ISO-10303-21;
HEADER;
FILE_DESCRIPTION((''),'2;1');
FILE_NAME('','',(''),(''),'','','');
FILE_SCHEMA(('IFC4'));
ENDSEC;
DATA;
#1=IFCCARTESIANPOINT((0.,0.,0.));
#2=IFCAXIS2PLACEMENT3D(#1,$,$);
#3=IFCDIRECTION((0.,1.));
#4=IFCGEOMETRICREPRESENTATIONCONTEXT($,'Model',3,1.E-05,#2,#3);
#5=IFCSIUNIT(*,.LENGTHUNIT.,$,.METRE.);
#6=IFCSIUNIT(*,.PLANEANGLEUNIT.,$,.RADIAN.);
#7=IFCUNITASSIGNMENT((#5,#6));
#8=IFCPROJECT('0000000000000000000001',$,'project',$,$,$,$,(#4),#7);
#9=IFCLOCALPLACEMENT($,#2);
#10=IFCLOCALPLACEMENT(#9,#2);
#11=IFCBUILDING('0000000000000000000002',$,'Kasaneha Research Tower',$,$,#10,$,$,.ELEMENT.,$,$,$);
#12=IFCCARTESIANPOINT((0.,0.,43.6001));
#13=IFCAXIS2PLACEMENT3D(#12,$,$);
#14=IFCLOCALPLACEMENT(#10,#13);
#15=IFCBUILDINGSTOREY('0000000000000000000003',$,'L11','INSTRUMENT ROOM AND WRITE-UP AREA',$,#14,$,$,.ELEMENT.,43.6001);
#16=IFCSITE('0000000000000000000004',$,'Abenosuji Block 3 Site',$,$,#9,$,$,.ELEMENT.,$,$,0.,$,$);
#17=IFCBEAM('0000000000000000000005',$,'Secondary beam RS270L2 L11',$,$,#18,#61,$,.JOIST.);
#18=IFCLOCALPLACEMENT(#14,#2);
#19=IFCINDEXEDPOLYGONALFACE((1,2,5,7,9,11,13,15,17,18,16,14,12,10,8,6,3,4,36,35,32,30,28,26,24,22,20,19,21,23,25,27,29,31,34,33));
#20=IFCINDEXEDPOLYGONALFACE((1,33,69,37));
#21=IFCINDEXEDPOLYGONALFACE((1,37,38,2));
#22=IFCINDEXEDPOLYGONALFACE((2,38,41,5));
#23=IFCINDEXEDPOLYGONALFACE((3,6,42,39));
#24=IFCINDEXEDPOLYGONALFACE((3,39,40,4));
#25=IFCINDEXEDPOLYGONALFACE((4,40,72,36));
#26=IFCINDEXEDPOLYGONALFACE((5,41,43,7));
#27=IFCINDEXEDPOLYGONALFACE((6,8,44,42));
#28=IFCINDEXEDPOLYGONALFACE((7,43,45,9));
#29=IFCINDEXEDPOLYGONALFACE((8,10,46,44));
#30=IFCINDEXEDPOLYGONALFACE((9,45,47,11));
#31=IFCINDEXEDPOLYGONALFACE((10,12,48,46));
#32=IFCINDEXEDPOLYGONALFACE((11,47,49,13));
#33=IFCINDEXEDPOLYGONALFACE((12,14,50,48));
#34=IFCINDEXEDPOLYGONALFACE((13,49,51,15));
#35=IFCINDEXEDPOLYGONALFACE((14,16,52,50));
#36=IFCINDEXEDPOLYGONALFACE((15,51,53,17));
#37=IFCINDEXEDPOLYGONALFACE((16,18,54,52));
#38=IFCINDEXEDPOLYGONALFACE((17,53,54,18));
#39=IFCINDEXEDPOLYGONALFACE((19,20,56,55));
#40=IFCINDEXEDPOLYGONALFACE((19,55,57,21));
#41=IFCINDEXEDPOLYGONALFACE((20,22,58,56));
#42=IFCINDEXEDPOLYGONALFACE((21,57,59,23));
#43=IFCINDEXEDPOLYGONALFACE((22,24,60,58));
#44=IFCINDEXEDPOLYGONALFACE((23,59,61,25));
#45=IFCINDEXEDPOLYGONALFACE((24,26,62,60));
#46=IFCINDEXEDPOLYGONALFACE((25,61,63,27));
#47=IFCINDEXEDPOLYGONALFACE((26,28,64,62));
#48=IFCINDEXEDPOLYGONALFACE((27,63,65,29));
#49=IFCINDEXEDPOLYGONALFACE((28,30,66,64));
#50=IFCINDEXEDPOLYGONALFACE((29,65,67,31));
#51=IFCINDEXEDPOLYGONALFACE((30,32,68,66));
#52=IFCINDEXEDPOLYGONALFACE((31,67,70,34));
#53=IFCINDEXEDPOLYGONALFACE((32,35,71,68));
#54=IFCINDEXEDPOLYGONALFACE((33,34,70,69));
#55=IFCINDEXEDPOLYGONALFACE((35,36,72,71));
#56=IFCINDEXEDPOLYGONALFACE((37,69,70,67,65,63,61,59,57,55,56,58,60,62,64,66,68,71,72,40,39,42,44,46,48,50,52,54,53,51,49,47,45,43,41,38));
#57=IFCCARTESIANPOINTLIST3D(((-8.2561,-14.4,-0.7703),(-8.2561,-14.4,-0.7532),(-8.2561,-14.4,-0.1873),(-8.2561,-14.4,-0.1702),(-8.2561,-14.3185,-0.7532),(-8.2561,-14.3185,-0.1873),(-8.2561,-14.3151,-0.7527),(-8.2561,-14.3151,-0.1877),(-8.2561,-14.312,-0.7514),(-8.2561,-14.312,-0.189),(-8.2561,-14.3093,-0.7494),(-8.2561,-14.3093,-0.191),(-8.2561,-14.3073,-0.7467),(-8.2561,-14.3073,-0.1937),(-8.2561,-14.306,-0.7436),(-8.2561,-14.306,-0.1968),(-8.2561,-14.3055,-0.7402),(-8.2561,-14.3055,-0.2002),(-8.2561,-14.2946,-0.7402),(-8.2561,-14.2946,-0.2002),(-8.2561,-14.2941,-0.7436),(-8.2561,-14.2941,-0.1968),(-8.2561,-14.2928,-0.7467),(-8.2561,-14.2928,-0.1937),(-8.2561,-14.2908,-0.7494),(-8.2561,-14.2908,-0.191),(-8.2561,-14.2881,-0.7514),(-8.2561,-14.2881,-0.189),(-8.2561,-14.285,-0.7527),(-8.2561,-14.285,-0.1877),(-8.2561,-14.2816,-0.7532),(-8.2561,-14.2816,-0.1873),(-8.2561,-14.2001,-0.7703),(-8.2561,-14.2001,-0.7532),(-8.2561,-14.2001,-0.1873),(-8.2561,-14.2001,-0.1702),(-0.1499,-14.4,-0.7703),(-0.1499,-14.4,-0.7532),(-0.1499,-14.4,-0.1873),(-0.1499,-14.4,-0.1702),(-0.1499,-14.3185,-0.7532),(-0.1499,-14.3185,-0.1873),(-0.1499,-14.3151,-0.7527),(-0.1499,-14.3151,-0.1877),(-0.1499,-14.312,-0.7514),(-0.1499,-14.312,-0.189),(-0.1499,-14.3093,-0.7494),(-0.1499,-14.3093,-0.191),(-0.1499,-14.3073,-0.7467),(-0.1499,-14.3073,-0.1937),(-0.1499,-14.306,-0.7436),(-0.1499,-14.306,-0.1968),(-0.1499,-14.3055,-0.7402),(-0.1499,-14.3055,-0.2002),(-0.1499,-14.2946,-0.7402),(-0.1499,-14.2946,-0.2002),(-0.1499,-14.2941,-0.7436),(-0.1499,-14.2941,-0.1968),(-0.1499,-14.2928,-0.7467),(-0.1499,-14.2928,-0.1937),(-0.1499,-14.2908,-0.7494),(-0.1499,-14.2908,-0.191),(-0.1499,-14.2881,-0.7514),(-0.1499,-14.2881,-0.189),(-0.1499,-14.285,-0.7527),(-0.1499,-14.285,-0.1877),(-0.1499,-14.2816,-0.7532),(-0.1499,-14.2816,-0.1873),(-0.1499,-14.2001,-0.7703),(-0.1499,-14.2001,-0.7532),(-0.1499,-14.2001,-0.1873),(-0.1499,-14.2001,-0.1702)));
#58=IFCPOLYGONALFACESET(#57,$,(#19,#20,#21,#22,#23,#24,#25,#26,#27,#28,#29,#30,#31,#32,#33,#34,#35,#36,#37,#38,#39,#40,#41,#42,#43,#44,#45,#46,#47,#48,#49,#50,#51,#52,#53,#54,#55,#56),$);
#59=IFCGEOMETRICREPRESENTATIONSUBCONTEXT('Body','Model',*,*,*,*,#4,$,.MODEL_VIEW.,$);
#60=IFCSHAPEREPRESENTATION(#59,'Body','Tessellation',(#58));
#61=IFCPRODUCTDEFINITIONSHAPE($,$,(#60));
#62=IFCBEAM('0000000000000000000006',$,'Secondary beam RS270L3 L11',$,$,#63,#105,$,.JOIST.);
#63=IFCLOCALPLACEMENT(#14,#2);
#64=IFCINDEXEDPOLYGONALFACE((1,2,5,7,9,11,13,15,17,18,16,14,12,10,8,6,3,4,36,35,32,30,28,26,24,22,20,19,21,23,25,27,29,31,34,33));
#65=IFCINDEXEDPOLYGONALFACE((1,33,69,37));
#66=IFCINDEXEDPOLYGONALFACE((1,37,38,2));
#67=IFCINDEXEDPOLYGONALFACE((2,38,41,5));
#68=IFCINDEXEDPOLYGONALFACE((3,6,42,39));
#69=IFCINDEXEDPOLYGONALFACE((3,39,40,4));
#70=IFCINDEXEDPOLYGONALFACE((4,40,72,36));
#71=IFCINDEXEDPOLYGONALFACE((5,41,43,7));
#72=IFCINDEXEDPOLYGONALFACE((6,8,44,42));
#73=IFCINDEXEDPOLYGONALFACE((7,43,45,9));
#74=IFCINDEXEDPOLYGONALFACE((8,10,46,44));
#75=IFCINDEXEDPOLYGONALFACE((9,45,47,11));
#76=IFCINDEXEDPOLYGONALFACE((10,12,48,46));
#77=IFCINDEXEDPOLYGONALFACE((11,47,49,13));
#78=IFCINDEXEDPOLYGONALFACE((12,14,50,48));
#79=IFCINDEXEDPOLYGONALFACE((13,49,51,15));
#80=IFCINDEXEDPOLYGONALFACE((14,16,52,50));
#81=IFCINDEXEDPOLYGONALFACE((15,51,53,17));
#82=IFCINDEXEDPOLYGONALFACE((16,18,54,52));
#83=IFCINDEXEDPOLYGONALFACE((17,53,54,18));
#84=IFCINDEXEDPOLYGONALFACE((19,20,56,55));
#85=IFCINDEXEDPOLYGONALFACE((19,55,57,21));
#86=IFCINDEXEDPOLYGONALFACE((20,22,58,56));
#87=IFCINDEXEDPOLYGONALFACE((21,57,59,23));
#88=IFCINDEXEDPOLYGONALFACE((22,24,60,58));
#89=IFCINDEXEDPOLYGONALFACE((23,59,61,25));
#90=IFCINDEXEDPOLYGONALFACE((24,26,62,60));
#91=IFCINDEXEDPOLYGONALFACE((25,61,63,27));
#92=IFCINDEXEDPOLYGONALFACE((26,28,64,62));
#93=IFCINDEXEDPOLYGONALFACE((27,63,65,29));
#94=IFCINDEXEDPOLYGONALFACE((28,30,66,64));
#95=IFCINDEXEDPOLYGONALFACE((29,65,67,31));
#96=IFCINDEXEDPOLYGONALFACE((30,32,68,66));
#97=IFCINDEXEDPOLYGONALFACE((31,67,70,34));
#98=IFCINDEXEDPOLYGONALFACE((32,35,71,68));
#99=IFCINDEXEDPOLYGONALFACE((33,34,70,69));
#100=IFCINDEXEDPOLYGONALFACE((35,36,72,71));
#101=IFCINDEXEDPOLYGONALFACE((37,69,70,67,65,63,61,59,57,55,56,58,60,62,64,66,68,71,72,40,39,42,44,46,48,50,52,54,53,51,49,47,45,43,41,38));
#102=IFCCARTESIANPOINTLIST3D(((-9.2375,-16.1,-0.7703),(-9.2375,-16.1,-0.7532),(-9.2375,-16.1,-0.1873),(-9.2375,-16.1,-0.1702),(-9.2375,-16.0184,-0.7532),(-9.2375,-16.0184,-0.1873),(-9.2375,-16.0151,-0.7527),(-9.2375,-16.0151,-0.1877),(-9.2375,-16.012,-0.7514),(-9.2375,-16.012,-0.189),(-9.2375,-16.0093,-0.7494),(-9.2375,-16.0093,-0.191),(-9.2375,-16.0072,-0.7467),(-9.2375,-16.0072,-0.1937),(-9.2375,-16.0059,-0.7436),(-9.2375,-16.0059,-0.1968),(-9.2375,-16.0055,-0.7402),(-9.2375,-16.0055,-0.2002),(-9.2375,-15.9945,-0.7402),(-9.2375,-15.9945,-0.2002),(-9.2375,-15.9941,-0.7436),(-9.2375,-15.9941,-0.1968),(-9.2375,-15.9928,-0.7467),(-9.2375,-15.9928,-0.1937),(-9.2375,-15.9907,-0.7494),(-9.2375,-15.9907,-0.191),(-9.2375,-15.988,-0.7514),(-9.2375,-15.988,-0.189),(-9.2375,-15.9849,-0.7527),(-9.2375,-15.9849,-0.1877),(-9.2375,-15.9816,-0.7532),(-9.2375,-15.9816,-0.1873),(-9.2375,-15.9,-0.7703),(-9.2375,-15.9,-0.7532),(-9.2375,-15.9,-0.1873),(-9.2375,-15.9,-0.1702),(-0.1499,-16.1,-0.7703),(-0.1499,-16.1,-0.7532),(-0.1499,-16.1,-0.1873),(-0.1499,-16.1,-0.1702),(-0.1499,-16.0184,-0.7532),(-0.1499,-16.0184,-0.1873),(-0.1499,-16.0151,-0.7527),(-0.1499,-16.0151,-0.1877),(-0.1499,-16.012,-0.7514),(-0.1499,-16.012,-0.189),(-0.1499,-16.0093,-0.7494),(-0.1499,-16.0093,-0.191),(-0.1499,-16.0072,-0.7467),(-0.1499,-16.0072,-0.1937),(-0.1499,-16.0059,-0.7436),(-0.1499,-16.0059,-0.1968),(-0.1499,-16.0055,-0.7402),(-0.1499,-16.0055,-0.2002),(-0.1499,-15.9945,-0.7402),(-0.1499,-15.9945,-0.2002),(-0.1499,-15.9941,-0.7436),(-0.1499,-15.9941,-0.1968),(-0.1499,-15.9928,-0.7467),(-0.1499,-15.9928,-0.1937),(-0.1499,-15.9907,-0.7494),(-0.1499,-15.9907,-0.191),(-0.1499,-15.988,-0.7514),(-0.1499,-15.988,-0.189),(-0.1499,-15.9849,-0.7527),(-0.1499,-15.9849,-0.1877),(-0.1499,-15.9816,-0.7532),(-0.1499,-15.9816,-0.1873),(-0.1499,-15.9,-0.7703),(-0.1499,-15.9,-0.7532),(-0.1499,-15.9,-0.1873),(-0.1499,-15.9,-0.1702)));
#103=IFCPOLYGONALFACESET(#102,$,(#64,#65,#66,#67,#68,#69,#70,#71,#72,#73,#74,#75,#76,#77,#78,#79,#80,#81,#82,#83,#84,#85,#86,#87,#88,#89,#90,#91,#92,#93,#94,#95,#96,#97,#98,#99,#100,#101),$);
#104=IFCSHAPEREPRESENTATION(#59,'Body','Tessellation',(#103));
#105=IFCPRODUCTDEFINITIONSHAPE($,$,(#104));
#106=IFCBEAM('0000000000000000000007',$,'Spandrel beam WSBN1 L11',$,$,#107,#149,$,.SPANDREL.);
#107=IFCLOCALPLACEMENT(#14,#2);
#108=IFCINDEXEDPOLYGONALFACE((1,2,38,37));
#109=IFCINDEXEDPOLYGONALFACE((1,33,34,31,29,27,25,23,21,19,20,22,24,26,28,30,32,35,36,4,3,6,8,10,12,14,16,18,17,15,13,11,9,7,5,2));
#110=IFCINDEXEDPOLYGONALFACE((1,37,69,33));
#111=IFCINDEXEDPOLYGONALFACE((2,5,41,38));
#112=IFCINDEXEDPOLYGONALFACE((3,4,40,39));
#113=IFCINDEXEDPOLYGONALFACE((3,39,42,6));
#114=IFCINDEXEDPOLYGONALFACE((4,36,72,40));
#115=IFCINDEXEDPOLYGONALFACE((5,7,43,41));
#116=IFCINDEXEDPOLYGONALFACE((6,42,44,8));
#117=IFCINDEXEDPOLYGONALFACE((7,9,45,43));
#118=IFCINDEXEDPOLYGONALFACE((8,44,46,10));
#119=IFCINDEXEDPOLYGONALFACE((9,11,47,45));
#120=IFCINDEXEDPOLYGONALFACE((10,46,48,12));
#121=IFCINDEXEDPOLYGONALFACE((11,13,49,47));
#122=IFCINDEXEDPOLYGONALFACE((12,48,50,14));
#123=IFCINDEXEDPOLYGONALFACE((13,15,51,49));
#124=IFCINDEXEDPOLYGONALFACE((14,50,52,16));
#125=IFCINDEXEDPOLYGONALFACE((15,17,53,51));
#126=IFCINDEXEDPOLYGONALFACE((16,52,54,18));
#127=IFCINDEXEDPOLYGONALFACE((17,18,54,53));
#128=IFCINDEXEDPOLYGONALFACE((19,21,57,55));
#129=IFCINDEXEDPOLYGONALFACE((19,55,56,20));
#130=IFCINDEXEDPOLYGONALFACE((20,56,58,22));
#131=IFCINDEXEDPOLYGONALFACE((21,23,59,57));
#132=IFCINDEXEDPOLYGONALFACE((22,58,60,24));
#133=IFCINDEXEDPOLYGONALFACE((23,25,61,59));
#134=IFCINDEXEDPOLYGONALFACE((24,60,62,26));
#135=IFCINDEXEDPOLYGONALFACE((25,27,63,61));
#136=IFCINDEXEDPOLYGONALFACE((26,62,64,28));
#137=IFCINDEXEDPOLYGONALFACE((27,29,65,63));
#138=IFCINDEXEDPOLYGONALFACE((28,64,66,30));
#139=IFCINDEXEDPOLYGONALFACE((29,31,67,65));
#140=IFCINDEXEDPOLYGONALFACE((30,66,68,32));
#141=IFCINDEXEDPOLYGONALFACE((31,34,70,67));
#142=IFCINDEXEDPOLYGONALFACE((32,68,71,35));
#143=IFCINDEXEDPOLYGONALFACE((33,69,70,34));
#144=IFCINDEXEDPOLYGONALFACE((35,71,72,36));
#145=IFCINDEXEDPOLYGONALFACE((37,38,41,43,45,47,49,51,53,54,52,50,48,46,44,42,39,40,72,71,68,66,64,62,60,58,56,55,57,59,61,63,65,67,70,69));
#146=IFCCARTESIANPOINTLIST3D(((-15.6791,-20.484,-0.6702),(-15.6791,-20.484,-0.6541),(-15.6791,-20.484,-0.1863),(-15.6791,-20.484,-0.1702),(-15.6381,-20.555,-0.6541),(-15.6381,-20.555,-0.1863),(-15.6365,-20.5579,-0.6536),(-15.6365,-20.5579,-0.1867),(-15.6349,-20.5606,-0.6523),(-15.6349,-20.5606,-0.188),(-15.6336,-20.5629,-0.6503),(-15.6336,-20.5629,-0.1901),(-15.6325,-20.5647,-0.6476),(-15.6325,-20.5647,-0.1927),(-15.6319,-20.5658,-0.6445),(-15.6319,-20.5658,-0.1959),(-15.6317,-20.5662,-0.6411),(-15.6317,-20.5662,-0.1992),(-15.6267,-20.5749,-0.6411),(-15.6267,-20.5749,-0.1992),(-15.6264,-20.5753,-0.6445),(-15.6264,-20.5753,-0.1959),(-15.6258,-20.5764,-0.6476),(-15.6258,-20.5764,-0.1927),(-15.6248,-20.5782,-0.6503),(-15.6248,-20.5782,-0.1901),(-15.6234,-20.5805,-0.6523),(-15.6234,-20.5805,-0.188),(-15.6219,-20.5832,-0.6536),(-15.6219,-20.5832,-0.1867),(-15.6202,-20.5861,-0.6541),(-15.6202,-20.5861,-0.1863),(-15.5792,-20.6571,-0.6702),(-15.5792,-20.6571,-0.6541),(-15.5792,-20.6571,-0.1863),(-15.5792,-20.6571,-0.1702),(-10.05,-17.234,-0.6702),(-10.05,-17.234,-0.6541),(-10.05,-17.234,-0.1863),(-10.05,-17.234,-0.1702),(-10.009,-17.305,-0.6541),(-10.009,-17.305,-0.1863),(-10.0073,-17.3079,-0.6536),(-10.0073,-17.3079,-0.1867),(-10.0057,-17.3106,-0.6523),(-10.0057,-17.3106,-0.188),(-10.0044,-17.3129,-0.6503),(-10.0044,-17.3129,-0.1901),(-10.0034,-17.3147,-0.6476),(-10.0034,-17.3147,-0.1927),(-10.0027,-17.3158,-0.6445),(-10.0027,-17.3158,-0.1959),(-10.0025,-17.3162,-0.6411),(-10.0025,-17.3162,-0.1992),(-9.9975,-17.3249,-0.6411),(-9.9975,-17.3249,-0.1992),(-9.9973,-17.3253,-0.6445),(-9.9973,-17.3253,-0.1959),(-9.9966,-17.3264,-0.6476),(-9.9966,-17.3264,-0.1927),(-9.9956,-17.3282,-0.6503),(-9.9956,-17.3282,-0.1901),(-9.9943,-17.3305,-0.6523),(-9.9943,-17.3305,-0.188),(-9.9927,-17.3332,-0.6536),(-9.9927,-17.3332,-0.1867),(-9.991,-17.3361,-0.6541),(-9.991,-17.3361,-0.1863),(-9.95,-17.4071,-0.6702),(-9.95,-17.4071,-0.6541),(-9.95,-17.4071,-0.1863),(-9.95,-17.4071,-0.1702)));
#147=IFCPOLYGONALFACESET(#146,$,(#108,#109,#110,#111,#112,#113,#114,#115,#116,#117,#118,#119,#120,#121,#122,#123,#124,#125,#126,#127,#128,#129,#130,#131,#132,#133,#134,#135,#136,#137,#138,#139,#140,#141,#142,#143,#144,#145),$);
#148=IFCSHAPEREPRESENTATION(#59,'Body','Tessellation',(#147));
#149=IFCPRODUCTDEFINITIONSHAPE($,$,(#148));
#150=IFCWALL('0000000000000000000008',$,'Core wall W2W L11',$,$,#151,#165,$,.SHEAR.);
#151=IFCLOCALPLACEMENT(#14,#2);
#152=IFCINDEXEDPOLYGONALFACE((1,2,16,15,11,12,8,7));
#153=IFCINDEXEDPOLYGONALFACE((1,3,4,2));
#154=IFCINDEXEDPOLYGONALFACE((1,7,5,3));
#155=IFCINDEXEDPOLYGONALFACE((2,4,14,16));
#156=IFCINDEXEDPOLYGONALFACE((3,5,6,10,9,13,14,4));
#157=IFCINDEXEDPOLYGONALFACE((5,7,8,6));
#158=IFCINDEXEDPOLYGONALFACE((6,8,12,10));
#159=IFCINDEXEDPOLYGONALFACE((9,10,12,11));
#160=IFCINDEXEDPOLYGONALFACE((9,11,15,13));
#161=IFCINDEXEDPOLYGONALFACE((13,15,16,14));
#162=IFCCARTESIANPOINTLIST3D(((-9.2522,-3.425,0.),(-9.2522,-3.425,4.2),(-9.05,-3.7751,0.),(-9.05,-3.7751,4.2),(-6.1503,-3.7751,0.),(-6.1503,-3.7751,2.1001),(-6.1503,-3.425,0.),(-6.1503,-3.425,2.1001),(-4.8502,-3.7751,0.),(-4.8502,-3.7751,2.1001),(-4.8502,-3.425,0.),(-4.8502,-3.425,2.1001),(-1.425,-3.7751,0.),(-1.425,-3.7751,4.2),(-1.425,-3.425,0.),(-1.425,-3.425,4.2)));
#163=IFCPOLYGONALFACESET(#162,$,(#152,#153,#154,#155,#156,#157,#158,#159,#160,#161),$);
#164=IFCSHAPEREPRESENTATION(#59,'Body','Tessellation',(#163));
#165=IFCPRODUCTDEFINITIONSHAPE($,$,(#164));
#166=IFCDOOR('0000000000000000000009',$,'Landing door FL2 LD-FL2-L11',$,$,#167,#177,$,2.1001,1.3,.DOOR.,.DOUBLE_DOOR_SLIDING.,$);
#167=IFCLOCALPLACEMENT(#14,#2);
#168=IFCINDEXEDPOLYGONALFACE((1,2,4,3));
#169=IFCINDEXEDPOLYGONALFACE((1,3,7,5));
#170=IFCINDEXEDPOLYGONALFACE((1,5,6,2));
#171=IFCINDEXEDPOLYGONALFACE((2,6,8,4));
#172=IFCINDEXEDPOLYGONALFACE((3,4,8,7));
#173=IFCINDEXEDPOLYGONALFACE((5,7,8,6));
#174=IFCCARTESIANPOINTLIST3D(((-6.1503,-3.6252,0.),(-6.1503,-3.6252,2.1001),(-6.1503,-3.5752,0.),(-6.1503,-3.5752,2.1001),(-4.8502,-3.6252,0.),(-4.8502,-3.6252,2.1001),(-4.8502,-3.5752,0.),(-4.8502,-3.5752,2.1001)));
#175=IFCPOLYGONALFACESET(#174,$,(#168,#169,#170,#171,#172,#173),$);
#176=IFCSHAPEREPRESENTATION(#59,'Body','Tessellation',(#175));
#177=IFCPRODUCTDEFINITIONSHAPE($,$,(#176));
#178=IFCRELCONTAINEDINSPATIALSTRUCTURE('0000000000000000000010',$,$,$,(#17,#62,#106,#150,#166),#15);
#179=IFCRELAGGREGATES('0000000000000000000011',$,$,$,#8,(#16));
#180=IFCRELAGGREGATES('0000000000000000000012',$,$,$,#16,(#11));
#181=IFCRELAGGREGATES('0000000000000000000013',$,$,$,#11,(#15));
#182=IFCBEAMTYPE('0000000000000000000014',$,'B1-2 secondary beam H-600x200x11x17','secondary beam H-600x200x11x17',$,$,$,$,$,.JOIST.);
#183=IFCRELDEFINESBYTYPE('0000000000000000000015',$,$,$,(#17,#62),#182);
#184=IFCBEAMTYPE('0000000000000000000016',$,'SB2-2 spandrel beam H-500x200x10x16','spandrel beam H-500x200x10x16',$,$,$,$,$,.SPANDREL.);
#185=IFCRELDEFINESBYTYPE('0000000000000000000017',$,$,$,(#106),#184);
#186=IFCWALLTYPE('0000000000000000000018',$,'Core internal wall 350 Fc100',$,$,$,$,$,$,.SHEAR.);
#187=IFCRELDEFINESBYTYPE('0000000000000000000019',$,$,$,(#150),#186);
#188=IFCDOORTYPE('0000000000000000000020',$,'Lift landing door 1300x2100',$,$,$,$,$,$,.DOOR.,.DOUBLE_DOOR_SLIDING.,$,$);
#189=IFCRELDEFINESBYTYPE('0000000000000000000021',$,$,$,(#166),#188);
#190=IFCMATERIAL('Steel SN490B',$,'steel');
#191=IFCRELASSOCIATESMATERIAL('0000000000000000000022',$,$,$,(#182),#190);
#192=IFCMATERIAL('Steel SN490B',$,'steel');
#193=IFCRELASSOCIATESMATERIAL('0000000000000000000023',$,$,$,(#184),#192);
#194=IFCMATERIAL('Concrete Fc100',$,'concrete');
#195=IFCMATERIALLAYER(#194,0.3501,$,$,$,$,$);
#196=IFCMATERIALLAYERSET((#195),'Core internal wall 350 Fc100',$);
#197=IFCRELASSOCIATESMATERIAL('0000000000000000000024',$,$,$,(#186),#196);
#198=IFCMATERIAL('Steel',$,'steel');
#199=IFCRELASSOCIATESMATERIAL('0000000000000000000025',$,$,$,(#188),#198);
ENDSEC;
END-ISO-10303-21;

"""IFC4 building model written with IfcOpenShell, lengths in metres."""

from ifc_helpers import new_model, si_unit, direction, frame, frame_2d, origin, origin_2d, place, context, subcontext, project, spatial, polyline, rectangle, i_section, outline, extrude, material, layer, layer_set, material_profile, profile_set, type_object, element, fill, save


model = new_model("IFC4")

# Units and contexts
model_context = context("Model", 3, precision=1e-05, world=origin(), true_north=direction((0.0, 1.0)))
body_context = subcontext(model_context, "Body", "Model", "MODEL_VIEW")
ifc_project = project(units=[si_unit("LENGTHUNIT", "METRE"), si_unit("PLANEANGLEUNIT", "RADIAN")], contexts=[model_context])

# Site, building, storey
site_placement = place(None, origin())
site = spatial("IfcSite", under=ifc_project, at=site_placement, Name="Abenosuji Block 3 Site", CompositionType="ELEMENT", RefElevation=0.0)
building_placement = place(site_placement, origin())
building = spatial("IfcBuilding", under=site, at=building_placement, Name="Kasaneha Research Tower", CompositionType="ELEMENT")
storey_placement = place(building_placement, frame((0.0, 0.0, 43.6001)))
storey = spatial("IfcBuildingStorey", under=building, at=storey_placement, Name="L11", Description="INSTRUMENT ROOM AND WRITE-UP AREA", CompositionType="ELEMENT", Elevation=43.6001)

# Beams
ifc_material_1 = material(Name="Steel SN490B", Category="steel")
ifc_material_profile_1 = material_profile(ifc_material_1, i_section(OverallWidth=0.2, OverallDepth=0.6001, WebThickness=0.011, FlangeThickness=0.0171, FilletRadius=0.0129, at=origin_2d()), Name="H-600x200x11x17")
ifc_profile_set_1 = profile_set([ifc_material_profile_1], Name="Steel SN490B")
beam_type_1 = type_object("IfcBeamType", Name="B1-2 secondary beam H-600x200x11x17", Description="secondary beam H-600x200x11x17", PredefinedType="JOIST", material=ifc_profile_set_1)
beam_1_placement = place(storey_placement, frame((-8.2561, -14.3, -0.4702), z_axis=(1.0, 0.0, 0.0), x_axis=(0.0, 1.0, 0.0)))
element("IfcBeam", 1, at=beam_1_placement, inside=storey, type_object=beam_type_1, Name="Secondary beam RS270L2 L11", PredefinedType="JOIST", context=body_context, shape_type="SweptSolid", body=[
    extrude(i_section(OverallWidth=0.2, OverallDepth=0.6001, WebThickness=0.011, FlangeThickness=0.0171, FilletRadius=0.0129, at=origin_2d()), origin(), (0.0, 0.0, 1.0), 8.1062),
])
beam_2_placement = place(storey_placement, frame((-9.2375, -16.0, -0.4702), z_axis=(1.0, 0.0, 0.0), x_axis=(0.0, 1.0, 0.0)))
element("IfcBeam", 2, at=beam_2_placement, inside=storey, type_object=beam_type_1, Name="Secondary beam RS270L3 L11", PredefinedType="JOIST", context=body_context, shape_type="SweptSolid", body=[
    extrude(i_section(OverallWidth=0.2, OverallDepth=0.6001, WebThickness=0.011, FlangeThickness=0.0171, FilletRadius=0.0129, at=origin_2d()), origin(), (0.0, 0.0, 1.0), 9.0876),
])
ifc_material_2 = material(Name="Steel SN490B", Category="steel")
ifc_material_profile_2 = material_profile(ifc_material_2, i_section(OverallWidth=0.2, OverallDepth=0.5, WebThickness=0.01, FlangeThickness=0.0161, FilletRadius=0.0129, at=origin_2d()), Name="H-500x200x10x16")
ifc_profile_set_2 = profile_set([ifc_material_profile_2], Name="Steel SN490B")
beam_type_2 = type_object("IfcBeamType", Name="SB2-2 spandrel beam H-500x200x10x16", Description="spandrel beam H-500x200x10x16", PredefinedType="SPANDREL", material=ifc_profile_set_2)
beam_3_placement = place(storey_placement, frame((-10.0, -17.3206, -0.4202), z_axis=(-0.866025, -0.500001, 0.0), x_axis=(0.500001, -0.866025, 0.0)))
element("IfcBeam", 3, at=beam_3_placement, inside=storey, type_object=beam_type_2, Name="Spandrel beam WSBN1 L11", PredefinedType="SPANDREL", context=body_context, shape_type="SweptSolid", body=[
    extrude(i_section(OverallWidth=0.2, OverallDepth=0.5, WebThickness=0.01, FlangeThickness=0.0161, FilletRadius=0.0129, at=origin_2d()), origin(), (0.0, 0.0, 1.0), 6.5),
])

# Wall, opening, door
ifc_material_3 = material(Name="Concrete Fc100", Category="concrete")
ifc_layer_1 = layer(ifc_material_3, 0.3501)
ifc_layer_set_1 = layer_set([ifc_layer_1], Name="Core internal wall 350 Fc100")
wall_type_1 = type_object("IfcWallType", Name="Core internal wall 350 Fc100", PredefinedType="SHEAR", material=ifc_layer_set_1)
wall_1_placement = place(storey_placement, frame((-9.1511, -3.6001, 0.0), z_axis=(0.0, 0.0, 1.0), x_axis=(1.0, 0.0, 0.0)))
wall_1 = element("IfcWall", 4, at=wall_1_placement, inside=storey, type_object=wall_type_1, Name="Core wall W2W L11", PredefinedType="SHEAR", context=body_context, shape_type="SweptSolid", body=[
    extrude(outline(polyline([(0.1011, -0.175), (3.001, -0.175), (4.301, -0.175), (7.7261, -0.175), (7.7261, 0.175), (4.301, 0.175), (3.001, 0.175), (-0.1011, 0.175), (0.1011, -0.175)])), origin(), (0.0, 0.0, 1.0), 4.2),
])
opening_1_placement = place(wall_1_placement, frame((3.001, 0.0, 0.0)))
opening_1 = element("IfcOpeningElement", 5, at=opening_1_placement, cuts=wall_1, PredefinedType="OPENING", context=body_context, shape_type="SweptSolid", body=[
    extrude(rectangle(XDim=1.3, YDim=2.1001, at=frame_2d((0.6499, 1.05))), frame((0.0, 0.1851, 0.0), z_axis=(0.0, -1.0, 0.0), x_axis=(1.0, 0.0, 0.0)), (0.0, 0.0, 1.0), 0.3701),
])
ifc_material_4 = material(Name="Steel", Category="steel")
door_type_1 = type_object("IfcDoorType", Name="Lift landing door 1300x2100", OperationType="DOUBLE_DOOR_SLIDING", PredefinedType="DOOR", material=ifc_material_4)
door_1_placement = place(opening_1_placement, origin())
door_1 = element("IfcDoor", 6, at=door_1_placement, inside=storey, type_object=door_type_1, Name="Landing door FL2 LD-FL2-L11", OperationType="DOUBLE_DOOR_SLIDING", OverallHeight=2.1001, OverallWidth=1.3, PredefinedType="DOOR", context=body_context, shape_type="SweptSolid", body=[
    extrude(rectangle(XDim=1.3, YDim=2.1001, at=frame_2d((0.6499, 1.05))), frame((0.0, 0.0249, 0.0), z_axis=(0.0, -1.0, 0.0), x_axis=(1.0, 0.0, 0.0)), (0.0, 0.0, 1.0), 0.05),
])
fill(opening_1, door_1)

save(model, "model.ifc")
